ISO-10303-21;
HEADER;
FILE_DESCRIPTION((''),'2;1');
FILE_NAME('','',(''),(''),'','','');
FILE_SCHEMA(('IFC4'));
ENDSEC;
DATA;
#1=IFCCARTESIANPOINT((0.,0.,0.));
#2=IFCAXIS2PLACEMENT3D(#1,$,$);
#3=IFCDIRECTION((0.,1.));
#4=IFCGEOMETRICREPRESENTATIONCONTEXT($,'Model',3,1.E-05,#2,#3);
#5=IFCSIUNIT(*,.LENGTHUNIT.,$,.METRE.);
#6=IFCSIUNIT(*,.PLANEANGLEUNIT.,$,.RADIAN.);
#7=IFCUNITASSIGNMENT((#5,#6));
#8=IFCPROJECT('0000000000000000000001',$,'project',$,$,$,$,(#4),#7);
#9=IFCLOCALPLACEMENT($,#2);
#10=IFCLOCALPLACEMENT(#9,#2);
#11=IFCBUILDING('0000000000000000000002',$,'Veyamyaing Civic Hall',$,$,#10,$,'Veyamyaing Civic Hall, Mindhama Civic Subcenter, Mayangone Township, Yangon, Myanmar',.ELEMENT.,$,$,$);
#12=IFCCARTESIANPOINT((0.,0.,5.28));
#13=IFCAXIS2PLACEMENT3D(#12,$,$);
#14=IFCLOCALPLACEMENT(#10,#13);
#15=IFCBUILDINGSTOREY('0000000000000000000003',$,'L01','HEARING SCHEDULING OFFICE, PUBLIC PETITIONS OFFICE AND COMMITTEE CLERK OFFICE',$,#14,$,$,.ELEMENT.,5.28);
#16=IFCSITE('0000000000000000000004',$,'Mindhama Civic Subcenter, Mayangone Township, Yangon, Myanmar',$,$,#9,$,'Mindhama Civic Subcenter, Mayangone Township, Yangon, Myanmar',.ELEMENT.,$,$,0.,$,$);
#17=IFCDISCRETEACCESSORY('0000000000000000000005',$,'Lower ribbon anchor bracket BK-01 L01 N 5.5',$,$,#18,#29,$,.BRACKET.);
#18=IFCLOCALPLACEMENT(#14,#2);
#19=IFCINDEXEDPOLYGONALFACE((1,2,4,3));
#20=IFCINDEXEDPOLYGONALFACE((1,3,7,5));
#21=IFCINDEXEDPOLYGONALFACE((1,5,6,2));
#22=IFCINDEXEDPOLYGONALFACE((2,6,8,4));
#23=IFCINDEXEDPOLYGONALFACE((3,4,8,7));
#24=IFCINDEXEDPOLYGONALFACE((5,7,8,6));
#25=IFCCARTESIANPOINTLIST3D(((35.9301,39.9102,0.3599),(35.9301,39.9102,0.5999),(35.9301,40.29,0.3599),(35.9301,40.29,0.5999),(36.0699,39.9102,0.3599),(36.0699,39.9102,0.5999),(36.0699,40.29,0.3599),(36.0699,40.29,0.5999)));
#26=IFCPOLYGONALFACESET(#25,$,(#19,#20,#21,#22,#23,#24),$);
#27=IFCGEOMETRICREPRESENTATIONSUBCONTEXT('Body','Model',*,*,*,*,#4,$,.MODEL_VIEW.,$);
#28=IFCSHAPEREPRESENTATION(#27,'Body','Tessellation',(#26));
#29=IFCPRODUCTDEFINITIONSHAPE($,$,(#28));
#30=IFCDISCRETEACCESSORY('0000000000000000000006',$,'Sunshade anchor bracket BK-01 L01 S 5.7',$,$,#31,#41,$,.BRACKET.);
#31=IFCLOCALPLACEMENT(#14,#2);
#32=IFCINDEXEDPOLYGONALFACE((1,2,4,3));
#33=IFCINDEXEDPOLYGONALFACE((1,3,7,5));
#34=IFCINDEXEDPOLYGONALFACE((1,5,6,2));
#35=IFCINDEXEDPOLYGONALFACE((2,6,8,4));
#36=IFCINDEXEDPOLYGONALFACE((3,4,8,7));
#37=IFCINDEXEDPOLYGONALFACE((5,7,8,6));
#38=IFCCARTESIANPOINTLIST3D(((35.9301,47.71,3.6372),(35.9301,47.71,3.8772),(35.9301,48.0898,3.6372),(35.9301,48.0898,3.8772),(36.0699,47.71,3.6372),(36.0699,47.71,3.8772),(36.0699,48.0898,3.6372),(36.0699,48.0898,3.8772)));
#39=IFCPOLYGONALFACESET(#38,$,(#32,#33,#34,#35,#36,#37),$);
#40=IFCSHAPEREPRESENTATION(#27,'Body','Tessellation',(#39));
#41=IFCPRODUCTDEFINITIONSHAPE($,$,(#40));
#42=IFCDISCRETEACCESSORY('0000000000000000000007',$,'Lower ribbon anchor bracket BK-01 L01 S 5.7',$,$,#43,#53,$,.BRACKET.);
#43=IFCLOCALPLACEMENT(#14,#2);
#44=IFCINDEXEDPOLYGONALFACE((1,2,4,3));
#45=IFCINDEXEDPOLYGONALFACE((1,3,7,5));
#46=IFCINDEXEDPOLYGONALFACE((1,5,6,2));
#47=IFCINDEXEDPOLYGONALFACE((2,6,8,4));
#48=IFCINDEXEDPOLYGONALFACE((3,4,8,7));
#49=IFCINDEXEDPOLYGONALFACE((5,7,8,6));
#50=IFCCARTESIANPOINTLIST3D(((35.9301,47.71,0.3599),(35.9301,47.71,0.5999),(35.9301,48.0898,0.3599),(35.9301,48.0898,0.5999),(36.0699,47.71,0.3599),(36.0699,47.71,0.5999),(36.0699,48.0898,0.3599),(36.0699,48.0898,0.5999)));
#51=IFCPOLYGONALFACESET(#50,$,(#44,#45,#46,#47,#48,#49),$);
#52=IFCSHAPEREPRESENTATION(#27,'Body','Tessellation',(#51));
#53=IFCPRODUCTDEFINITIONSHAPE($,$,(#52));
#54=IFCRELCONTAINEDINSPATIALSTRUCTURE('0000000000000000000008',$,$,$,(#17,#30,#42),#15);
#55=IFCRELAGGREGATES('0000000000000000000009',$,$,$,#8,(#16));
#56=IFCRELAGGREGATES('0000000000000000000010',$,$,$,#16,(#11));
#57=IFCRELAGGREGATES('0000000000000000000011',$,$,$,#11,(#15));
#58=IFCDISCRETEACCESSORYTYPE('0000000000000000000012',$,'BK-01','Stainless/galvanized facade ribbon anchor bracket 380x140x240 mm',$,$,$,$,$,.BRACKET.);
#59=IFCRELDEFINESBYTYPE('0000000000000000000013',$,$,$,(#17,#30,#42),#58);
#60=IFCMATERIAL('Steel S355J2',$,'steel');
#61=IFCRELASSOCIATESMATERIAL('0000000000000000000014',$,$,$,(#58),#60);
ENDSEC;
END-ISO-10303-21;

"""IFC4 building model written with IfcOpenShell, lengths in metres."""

from ifc_helpers import new_model, si_unit, direction, frame, origin, origin_2d, place, context, subcontext, project, spatial, rectangle, extrude, material, type_object, element, save


model = new_model("IFC4")

# Units and contexts
model_context = context("Model", 3, precision=1e-05, world=origin(), true_north=direction((0.0, 1.0)))
body_context = subcontext(model_context, "Body", "Model", "MODEL_VIEW")
ifc_project = project(units=[si_unit("LENGTHUNIT", "METRE"), si_unit("PLANEANGLEUNIT", "RADIAN")], contexts=[model_context])

# Site, building, storey
site_placement = place(None, origin())
site = spatial("IfcSite", under=ifc_project, at=site_placement, Name="Mindhama Civic Subcenter, Mayangone Township, Yangon, Myanmar", LongName="Mindhama Civic Subcenter, Mayangone Township, Yangon, Myanmar", CompositionType="ELEMENT", RefElevation=0.0)
building_placement = place(site_placement, origin())
building = spatial("IfcBuilding", under=site, at=building_placement, Name="Veyamyaing Civic Hall", LongName="Veyamyaing Civic Hall, Mindhama Civic Subcenter, Mayangone Township, Yangon, Myanmar", CompositionType="ELEMENT")
storey_placement = place(building_placement, frame((0.0, 0.0, 5.28)))
storey = spatial("IfcBuildingStorey", under=building, at=storey_placement, Name="L01", Description="HEARING SCHEDULING OFFICE, PUBLIC PETITIONS OFFICE AND COMMITTEE CLERK OFFICE", CompositionType="ELEMENT", Elevation=5.28)

# Discrete accessories
ifc_material_1 = material(Name="Steel S355J2", Category="steel")
discrete_accessory_type = type_object("IfcDiscreteAccessoryType", Name="BK-01", Description="Stainless/galvanized facade ribbon anchor bracket 380x140x240 mm", PredefinedType="BRACKET", material=ifc_material_1)
for number, where, z_axis, x_axis, name in (
    (1, (36.0, 40.1001, 0.3599), (0.0, 0.0, 1.0), (0.0, 1.0, 0.0), "Lower ribbon anchor bracket BK-01 L01 N 5.5"),
    (2, (36.0, 47.8999, 3.6372), (0.0, 0.0, 1.0), (0.0, -1.0, 0.0), "Sunshade anchor bracket BK-01 L01 S 5.7"),
    (3, (36.0, 47.8999, 0.3599), (0.0, 0.0, 1.0), (0.0, -1.0, 0.0), "Lower ribbon anchor bracket BK-01 L01 S 5.7"),
):
    element("IfcDiscreteAccessory", number, at=place(storey_placement, frame(where, z_axis=z_axis, x_axis=x_axis)), inside=storey, type_object=discrete_accessory_type, Name=name, PredefinedType="BRACKET", context=body_context, shape_type="SweptSolid", body=[
        extrude(rectangle(XDim=0.3799, YDim=0.1399, at=origin_2d()), origin(), (0.0, 0.0, 1.0), 0.24),
    ])

save(model, "model.ifc")
